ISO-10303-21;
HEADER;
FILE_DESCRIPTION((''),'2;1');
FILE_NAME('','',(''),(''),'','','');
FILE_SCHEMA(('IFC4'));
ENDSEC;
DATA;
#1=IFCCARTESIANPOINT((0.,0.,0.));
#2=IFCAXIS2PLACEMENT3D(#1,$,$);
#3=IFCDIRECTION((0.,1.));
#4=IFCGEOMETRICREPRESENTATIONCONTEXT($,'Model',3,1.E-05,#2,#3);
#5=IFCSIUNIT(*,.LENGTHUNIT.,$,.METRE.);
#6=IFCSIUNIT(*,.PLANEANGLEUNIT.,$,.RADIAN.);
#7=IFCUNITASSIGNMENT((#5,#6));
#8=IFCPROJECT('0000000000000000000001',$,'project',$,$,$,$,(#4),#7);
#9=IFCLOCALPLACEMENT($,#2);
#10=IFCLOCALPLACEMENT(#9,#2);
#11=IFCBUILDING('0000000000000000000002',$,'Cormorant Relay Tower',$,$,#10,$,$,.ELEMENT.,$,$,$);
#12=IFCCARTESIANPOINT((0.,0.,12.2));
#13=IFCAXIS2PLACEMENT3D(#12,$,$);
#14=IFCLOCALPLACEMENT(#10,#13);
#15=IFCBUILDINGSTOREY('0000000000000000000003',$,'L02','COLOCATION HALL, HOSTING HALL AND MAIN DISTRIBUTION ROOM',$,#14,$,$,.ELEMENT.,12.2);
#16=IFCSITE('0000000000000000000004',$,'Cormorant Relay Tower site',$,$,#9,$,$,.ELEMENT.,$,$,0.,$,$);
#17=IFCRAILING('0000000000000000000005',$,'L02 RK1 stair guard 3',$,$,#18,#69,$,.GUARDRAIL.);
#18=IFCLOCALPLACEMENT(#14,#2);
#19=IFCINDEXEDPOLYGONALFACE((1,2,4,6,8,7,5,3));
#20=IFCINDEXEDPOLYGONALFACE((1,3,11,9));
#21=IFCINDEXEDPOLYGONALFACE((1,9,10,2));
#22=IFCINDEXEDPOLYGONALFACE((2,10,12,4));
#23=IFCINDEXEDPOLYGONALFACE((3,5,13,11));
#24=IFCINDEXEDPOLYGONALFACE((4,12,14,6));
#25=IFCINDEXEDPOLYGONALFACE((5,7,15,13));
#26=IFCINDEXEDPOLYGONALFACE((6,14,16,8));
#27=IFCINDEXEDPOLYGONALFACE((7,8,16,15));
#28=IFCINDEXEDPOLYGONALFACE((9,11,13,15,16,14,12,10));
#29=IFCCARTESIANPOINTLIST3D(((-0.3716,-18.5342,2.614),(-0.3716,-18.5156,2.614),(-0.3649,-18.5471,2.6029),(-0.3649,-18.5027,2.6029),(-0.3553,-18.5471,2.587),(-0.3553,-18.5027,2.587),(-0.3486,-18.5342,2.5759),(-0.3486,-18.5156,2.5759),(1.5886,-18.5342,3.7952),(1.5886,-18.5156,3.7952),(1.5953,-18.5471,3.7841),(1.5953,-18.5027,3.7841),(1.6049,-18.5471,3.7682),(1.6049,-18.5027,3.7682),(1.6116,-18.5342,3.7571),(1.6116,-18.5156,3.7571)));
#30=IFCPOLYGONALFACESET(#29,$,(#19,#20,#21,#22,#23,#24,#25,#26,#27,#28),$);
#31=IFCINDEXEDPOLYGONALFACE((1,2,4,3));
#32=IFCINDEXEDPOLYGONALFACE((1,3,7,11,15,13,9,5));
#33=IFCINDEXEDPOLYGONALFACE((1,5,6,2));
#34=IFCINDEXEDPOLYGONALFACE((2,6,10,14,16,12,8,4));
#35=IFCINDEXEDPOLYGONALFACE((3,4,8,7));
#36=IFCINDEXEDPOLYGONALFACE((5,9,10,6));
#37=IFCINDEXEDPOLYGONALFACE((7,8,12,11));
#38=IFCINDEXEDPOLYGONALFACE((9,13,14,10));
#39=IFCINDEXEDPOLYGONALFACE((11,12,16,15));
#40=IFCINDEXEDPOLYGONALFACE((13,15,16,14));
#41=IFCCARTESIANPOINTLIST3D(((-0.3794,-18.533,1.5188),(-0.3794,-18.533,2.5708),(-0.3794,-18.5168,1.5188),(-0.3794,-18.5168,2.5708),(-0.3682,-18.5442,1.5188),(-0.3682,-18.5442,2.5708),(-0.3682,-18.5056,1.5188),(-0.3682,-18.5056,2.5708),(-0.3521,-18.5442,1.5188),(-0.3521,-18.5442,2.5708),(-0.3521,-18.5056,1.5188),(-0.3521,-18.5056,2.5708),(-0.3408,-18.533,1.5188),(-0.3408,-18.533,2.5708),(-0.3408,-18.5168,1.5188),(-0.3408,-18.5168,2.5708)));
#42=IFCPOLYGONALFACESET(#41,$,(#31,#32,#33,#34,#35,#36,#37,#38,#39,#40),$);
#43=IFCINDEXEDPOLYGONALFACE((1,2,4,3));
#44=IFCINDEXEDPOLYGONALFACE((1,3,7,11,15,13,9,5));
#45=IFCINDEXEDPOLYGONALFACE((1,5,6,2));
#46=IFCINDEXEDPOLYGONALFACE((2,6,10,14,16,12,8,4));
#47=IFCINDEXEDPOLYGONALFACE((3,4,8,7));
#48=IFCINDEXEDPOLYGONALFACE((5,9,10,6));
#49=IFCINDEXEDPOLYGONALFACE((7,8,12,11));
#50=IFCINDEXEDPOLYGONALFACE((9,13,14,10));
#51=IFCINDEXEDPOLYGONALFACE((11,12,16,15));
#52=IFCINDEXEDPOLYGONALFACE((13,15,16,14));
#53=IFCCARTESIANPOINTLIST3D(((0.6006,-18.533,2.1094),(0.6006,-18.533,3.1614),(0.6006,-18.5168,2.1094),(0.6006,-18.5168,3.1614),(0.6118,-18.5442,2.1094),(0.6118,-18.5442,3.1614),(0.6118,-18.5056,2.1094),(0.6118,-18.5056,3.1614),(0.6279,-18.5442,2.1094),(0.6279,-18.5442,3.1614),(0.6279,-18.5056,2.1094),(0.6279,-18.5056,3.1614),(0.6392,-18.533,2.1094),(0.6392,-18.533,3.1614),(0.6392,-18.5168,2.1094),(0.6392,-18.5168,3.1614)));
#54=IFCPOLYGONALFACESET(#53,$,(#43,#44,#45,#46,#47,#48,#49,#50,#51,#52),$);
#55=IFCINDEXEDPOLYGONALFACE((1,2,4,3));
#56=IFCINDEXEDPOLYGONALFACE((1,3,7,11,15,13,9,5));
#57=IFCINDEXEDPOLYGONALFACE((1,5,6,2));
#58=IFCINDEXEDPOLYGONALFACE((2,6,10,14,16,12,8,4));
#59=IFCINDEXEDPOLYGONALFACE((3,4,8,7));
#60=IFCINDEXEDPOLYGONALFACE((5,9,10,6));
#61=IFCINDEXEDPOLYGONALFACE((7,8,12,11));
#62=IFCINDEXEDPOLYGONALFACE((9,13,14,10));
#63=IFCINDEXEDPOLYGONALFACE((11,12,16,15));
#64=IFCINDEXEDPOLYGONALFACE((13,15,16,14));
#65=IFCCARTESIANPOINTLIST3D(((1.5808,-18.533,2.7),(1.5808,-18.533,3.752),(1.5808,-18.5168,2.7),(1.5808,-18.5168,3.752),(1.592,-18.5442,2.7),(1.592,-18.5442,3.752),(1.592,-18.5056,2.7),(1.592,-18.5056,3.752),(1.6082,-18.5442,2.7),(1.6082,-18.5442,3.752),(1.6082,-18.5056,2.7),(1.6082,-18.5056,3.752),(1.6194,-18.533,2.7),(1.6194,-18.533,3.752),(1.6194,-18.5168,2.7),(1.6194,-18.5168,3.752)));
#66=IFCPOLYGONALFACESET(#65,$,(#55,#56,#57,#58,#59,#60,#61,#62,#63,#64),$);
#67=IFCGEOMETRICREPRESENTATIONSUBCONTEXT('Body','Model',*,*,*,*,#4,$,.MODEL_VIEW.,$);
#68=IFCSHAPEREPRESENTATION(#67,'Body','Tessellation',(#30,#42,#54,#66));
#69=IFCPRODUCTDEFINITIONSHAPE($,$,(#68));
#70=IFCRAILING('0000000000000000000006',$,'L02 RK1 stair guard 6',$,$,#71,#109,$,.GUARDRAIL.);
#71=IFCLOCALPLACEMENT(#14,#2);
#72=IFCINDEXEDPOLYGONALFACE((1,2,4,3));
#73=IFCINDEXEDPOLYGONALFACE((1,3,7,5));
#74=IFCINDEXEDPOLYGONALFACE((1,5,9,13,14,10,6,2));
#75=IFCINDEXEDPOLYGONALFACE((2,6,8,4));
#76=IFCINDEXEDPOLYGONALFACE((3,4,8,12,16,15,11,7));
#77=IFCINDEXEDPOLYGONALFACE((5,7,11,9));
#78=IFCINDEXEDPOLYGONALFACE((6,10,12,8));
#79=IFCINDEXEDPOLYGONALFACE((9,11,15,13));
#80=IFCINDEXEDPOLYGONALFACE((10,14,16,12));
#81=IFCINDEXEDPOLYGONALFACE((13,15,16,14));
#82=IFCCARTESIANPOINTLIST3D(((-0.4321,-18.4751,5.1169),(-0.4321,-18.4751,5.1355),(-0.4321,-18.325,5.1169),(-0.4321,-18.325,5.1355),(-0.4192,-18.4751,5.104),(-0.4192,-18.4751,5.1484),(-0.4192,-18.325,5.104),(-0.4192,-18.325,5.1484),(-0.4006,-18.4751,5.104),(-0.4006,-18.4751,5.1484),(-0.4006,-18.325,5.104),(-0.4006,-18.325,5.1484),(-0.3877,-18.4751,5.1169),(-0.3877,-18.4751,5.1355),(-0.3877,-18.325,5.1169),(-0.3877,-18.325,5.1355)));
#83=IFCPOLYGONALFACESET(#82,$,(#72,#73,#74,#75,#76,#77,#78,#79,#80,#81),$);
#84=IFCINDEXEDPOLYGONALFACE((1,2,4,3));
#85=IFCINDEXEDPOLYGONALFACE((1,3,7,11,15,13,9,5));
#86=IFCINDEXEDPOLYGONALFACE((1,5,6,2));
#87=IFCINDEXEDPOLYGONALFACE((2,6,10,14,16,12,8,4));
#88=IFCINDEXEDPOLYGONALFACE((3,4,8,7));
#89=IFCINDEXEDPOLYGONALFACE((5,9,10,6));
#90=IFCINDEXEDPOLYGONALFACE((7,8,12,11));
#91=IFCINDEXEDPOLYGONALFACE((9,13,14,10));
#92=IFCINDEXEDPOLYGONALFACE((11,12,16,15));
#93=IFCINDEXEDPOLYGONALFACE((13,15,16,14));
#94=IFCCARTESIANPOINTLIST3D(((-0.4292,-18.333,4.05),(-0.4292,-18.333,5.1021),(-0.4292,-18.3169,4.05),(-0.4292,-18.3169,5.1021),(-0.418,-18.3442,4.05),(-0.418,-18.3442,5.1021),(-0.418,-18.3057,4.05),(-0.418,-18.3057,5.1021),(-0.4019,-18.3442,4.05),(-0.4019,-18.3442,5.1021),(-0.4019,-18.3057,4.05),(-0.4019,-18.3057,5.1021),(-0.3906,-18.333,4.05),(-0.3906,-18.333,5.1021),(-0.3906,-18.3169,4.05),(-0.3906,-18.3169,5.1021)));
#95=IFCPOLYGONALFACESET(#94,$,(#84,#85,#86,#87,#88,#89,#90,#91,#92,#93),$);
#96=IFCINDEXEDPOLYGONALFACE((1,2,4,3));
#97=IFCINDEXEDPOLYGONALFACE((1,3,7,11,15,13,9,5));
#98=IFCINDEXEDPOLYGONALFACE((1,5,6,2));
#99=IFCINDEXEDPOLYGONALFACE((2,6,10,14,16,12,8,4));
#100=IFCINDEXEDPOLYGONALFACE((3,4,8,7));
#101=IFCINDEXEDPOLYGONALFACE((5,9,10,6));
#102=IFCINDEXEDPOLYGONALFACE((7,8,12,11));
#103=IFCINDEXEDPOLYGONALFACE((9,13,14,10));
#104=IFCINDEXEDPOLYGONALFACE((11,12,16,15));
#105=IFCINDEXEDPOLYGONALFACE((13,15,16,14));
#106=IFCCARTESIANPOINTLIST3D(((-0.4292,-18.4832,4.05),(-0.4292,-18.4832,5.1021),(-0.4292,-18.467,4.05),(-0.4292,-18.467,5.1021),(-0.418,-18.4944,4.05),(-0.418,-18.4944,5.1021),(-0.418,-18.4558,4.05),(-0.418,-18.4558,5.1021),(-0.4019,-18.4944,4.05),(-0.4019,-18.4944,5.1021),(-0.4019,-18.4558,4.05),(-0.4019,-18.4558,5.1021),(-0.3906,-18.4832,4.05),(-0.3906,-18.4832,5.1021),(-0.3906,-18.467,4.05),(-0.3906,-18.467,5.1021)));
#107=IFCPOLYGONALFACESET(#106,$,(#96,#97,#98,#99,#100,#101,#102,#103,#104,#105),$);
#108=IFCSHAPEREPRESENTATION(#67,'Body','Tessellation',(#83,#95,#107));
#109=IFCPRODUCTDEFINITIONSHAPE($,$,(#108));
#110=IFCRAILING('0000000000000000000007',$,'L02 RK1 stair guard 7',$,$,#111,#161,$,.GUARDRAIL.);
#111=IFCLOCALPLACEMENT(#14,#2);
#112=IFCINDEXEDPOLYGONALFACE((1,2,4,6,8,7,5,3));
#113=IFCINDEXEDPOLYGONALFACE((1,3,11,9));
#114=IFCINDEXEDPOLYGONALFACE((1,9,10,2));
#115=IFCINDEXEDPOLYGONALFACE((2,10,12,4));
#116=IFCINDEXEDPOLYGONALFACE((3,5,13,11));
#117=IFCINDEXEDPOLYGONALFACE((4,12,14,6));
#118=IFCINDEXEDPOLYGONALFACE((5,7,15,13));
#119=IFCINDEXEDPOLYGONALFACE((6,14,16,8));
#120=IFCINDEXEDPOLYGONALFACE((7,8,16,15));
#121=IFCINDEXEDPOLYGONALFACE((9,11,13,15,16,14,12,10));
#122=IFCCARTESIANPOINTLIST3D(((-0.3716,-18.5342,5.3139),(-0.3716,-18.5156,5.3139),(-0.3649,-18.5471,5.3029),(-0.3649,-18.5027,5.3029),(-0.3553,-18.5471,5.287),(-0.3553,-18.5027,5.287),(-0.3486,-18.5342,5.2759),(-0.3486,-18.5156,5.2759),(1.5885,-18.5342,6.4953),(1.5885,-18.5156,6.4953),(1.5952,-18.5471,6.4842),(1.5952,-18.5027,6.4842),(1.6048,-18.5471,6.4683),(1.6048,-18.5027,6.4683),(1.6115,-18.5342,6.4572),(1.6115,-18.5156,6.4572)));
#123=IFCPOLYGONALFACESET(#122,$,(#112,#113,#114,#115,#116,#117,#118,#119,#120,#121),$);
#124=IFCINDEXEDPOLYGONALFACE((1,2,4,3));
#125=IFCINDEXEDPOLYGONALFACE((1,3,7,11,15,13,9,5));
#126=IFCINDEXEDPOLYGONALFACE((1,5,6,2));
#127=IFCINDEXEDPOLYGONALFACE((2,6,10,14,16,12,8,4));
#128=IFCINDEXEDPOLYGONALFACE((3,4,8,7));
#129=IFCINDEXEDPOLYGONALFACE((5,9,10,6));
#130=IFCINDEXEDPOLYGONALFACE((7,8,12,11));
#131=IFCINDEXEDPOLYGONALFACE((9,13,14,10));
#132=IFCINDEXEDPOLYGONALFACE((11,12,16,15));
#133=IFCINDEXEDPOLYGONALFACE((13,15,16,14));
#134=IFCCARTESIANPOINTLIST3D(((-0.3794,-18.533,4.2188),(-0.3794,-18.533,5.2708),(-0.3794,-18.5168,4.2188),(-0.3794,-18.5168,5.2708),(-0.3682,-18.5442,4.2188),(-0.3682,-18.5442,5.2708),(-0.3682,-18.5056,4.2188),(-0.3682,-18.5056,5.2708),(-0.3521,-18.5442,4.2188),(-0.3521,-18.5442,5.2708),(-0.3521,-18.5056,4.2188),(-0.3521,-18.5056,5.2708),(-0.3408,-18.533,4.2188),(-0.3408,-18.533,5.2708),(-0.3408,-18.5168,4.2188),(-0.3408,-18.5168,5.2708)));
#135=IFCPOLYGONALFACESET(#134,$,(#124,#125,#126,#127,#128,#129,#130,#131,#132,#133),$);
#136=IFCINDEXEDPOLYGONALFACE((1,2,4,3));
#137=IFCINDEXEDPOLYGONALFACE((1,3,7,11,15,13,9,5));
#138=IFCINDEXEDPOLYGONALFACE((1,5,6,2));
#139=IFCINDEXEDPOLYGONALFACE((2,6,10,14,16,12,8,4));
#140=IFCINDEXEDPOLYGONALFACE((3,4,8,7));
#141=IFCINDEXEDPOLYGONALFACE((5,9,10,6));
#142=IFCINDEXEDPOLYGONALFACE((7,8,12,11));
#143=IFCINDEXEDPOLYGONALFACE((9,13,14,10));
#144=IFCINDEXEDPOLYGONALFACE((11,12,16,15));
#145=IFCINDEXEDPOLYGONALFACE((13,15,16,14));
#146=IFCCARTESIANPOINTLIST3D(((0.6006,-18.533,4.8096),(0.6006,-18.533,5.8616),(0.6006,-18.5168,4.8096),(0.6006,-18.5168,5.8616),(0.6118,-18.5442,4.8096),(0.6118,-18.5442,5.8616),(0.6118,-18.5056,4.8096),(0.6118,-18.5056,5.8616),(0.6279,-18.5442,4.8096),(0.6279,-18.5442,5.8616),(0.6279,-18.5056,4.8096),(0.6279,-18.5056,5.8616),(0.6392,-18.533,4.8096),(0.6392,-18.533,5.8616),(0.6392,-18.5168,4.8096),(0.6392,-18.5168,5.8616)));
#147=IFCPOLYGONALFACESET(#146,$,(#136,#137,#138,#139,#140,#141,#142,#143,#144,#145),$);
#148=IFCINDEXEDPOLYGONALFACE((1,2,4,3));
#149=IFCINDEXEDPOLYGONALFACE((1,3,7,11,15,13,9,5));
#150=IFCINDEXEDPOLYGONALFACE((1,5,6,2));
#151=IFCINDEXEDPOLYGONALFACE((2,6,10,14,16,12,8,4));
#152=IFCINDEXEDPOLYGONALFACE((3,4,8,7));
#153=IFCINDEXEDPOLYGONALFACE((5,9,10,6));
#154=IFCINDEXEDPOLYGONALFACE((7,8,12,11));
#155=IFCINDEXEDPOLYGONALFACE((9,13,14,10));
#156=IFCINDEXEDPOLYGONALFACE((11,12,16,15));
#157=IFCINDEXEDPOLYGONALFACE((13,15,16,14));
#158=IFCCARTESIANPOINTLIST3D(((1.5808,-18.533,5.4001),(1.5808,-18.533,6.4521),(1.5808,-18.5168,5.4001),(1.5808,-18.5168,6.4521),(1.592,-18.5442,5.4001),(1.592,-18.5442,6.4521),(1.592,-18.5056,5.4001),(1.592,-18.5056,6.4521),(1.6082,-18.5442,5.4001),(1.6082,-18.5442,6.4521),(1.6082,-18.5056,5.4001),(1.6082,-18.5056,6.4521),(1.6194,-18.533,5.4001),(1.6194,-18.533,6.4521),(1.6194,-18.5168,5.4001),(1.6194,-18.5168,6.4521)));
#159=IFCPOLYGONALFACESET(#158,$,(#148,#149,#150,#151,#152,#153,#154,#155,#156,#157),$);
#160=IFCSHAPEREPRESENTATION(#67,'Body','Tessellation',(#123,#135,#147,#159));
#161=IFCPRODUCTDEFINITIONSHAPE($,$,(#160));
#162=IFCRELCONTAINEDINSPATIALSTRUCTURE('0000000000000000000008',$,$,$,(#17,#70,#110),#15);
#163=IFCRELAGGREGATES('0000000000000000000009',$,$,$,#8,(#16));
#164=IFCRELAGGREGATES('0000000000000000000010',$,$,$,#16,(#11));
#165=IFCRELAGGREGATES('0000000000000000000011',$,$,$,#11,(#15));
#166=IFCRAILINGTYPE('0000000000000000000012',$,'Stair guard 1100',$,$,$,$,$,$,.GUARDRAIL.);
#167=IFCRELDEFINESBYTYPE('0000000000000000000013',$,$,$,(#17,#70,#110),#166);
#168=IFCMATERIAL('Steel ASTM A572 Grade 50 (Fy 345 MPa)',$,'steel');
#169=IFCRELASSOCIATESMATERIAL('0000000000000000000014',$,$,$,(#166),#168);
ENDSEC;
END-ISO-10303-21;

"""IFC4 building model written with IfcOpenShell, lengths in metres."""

from ifc_helpers import new_model, si_unit, direction, frame, origin, place, context, subcontext, project, spatial, polyline, outline, extrude, material, type_object, element, save


model = new_model("IFC4")

# Units and contexts
model_context = context("Model", 3, precision=1e-05, world=origin(), true_north=direction((0.0, 1.0)))
body_context = subcontext(model_context, "Body", "Model", "MODEL_VIEW")
ifc_project = project(units=[si_unit("LENGTHUNIT", "METRE"), si_unit("PLANEANGLEUNIT", "RADIAN")], contexts=[model_context])

# Site, building, storey
site_placement = place(None, origin())
site = spatial("IfcSite", under=ifc_project, at=site_placement, Name="Cormorant Relay Tower site", CompositionType="ELEMENT", RefElevation=0.0)
building_placement = place(site_placement, origin())
building = spatial("IfcBuilding", under=site, at=building_placement, Name="Cormorant Relay Tower", CompositionType="ELEMENT")
storey_placement = place(building_placement, frame((0.0, 0.0, 12.2)))
storey = spatial("IfcBuildingStorey", under=building, at=storey_placement, Name="L02", Description="COLOCATION HALL, HOSTING HALL AND MAIN DISTRIBUTION ROOM", CompositionType="ELEMENT", Elevation=12.2)

# Railings
ifc_material_1 = material(Name="Steel ASTM A572 Grade 50 (Fy 345 MPa)", Category="steel")
railing_type_1 = type_object("IfcRailingType", Name="Stair guard 1100", PredefinedType="GUARDRAIL", material=ifc_material_1)
railing_1_placement = place(storey_placement, frame((-0.3601, -18.5249, 1.5188)))
element("IfcRailing", 1, at=railing_1_placement, inside=storey, type_object=railing_type_1, Name="L02 RK1 stair guard 3", PredefinedType="GUARDRAIL", context=body_context, shape_type="SweptSolid", body=[
    extrude(outline(polyline([(0.0222, 0.0093), (0.0093, 0.0222), (-0.0093, 0.0222), (-0.0222, 0.0093), (-0.0222, -0.0093), (-0.0093, -0.0222), (0.0093, -0.0222), (0.0222, -0.0093), (0.0222, 0.0093)])), frame((0.0, 0.0, 1.0762), z_axis=(0.856522, 0.0, 0.516111), x_axis=(0.0, 1.0, 0.0)), (0.0, 0.0, 1.0), 2.2886),
    extrude(outline(polyline([(0.0193, 0.0081), (0.0081, 0.0193), (-0.0081, 0.0193), (-0.0193, 0.0081), (-0.0193, -0.0081), (-0.0081, -0.0193), (0.0081, -0.0193), (0.0193, -0.0081), (0.0193, 0.0081)])), origin(), (0.0, 0.0, 1.0), 1.052),
    extrude(outline(polyline([(0.0193, 0.0081), (0.0081, 0.0193), (-0.0081, 0.0193), (-0.0193, 0.0081), (-0.0193, -0.0081), (-0.0081, -0.0193), (0.0081, -0.0193), (0.0193, -0.0081), (0.0193, 0.0081)])), frame((0.98, 0.0, 0.5906)), (0.0, 0.0, 1.0), 1.052),
    extrude(outline(polyline([(0.0193, 0.0081), (0.0081, 0.0193), (-0.0081, 0.0193), (-0.0193, 0.0081), (-0.0193, -0.0081), (-0.0081, -0.0193), (0.0081, -0.0193), (0.0193, -0.0081), (0.0193, 0.0081)])), frame((1.9602, 0.0, 1.1812)), (0.0, 0.0, 1.0), 1.052),
])
railing_2_placement = place(storey_placement, frame((-0.4099, -18.325, 4.05)))
element("IfcRailing", 2, at=railing_2_placement, inside=storey, type_object=railing_type_1, Name="L02 RK1 stair guard 6", PredefinedType="GUARDRAIL", context=body_context, shape_type="SweptSolid", body=[
    extrude(outline(polyline([(0.0222, 0.0093), (0.0093, 0.0222), (-0.0093, 0.0222), (-0.0222, 0.0093), (-0.0222, -0.0093), (-0.0093, -0.0222), (0.0093, -0.0222), (0.0222, -0.0093), (0.0222, 0.0093)])), frame((0.0, 0.0, 1.0762), z_axis=(0.0, -1.0, 0.0), x_axis=(1.0, 0.0, 0.0)), (0.0, 0.0, 1.0), 0.1501),
    extrude(outline(polyline([(0.0193, 0.0081), (0.0081, 0.0193), (-0.0081, 0.0193), (-0.0193, 0.0081), (-0.0193, -0.0081), (-0.0081, -0.0193), (0.0081, -0.0193), (0.0193, -0.0081), (0.0193, 0.0081)])), origin(), (0.0, 0.0, 1.0), 1.052),
    extrude(outline(polyline([(0.0193, 0.0081), (0.0081, 0.0193), (-0.0081, 0.0193), (-0.0193, 0.0081), (-0.0193, -0.0081), (-0.0081, -0.0193), (0.0081, -0.0193), (0.0193, -0.0081), (0.0193, 0.0081)])), frame((0.0, -0.1501, 0.0)), (0.0, 0.0, 1.0), 1.052),
])
railing_3_placement = place(storey_placement, frame((-0.3601, -18.5249, 4.2188)))
element("IfcRailing", 3, at=railing_3_placement, inside=storey, type_object=railing_type_1, Name="L02 RK1 stair guard 7", PredefinedType="GUARDRAIL", context=body_context, shape_type="SweptSolid", body=[
    extrude(outline(polyline([(0.0222, 0.0093), (0.0093, 0.0222), (-0.0093, 0.0222), (-0.0222, 0.0093), (-0.0222, -0.0093), (-0.0093, -0.0222), (0.0093, -0.0222), (0.0222, -0.0093), (0.0222, 0.0093)])), frame((0.0, 0.0, 1.0762), z_axis=(0.856475, 0.0, 0.516189), x_axis=(0.0, 1.0, 0.0)), (0.0, 0.0, 1.0), 2.2886),
    extrude(outline(polyline([(0.0193, 0.0081), (0.0081, 0.0193), (-0.0081, 0.0193), (-0.0193, 0.0081), (-0.0193, -0.0081), (-0.0081, -0.0193), (0.0081, -0.0193), (0.0193, -0.0081), (0.0193, 0.0081)])), origin(), (0.0, 0.0, 1.0), 1.052),
    extrude(outline(polyline([(0.0193, 0.0081), (0.0081, 0.0193), (-0.0081, 0.0193), (-0.0193, 0.0081), (-0.0193, -0.0081), (-0.0081, -0.0193), (0.0081, -0.0193), (0.0193, -0.0081), (0.0193, 0.0081)])), frame((0.98, 0.0, 0.5908)), (0.0, 0.0, 1.0), 1.052),
    extrude(outline(polyline([(0.0193, 0.0081), (0.0081, 0.0193), (-0.0081, 0.0193), (-0.0193, 0.0081), (-0.0193, -0.0081), (-0.0081, -0.0193), (0.0081, -0.0193), (0.0193, -0.0081), (0.0193, 0.0081)])), frame((1.9602, 0.0, 1.1814)), (0.0, 0.0, 1.0), 1.052),
])

save(model, "model.ifc")
